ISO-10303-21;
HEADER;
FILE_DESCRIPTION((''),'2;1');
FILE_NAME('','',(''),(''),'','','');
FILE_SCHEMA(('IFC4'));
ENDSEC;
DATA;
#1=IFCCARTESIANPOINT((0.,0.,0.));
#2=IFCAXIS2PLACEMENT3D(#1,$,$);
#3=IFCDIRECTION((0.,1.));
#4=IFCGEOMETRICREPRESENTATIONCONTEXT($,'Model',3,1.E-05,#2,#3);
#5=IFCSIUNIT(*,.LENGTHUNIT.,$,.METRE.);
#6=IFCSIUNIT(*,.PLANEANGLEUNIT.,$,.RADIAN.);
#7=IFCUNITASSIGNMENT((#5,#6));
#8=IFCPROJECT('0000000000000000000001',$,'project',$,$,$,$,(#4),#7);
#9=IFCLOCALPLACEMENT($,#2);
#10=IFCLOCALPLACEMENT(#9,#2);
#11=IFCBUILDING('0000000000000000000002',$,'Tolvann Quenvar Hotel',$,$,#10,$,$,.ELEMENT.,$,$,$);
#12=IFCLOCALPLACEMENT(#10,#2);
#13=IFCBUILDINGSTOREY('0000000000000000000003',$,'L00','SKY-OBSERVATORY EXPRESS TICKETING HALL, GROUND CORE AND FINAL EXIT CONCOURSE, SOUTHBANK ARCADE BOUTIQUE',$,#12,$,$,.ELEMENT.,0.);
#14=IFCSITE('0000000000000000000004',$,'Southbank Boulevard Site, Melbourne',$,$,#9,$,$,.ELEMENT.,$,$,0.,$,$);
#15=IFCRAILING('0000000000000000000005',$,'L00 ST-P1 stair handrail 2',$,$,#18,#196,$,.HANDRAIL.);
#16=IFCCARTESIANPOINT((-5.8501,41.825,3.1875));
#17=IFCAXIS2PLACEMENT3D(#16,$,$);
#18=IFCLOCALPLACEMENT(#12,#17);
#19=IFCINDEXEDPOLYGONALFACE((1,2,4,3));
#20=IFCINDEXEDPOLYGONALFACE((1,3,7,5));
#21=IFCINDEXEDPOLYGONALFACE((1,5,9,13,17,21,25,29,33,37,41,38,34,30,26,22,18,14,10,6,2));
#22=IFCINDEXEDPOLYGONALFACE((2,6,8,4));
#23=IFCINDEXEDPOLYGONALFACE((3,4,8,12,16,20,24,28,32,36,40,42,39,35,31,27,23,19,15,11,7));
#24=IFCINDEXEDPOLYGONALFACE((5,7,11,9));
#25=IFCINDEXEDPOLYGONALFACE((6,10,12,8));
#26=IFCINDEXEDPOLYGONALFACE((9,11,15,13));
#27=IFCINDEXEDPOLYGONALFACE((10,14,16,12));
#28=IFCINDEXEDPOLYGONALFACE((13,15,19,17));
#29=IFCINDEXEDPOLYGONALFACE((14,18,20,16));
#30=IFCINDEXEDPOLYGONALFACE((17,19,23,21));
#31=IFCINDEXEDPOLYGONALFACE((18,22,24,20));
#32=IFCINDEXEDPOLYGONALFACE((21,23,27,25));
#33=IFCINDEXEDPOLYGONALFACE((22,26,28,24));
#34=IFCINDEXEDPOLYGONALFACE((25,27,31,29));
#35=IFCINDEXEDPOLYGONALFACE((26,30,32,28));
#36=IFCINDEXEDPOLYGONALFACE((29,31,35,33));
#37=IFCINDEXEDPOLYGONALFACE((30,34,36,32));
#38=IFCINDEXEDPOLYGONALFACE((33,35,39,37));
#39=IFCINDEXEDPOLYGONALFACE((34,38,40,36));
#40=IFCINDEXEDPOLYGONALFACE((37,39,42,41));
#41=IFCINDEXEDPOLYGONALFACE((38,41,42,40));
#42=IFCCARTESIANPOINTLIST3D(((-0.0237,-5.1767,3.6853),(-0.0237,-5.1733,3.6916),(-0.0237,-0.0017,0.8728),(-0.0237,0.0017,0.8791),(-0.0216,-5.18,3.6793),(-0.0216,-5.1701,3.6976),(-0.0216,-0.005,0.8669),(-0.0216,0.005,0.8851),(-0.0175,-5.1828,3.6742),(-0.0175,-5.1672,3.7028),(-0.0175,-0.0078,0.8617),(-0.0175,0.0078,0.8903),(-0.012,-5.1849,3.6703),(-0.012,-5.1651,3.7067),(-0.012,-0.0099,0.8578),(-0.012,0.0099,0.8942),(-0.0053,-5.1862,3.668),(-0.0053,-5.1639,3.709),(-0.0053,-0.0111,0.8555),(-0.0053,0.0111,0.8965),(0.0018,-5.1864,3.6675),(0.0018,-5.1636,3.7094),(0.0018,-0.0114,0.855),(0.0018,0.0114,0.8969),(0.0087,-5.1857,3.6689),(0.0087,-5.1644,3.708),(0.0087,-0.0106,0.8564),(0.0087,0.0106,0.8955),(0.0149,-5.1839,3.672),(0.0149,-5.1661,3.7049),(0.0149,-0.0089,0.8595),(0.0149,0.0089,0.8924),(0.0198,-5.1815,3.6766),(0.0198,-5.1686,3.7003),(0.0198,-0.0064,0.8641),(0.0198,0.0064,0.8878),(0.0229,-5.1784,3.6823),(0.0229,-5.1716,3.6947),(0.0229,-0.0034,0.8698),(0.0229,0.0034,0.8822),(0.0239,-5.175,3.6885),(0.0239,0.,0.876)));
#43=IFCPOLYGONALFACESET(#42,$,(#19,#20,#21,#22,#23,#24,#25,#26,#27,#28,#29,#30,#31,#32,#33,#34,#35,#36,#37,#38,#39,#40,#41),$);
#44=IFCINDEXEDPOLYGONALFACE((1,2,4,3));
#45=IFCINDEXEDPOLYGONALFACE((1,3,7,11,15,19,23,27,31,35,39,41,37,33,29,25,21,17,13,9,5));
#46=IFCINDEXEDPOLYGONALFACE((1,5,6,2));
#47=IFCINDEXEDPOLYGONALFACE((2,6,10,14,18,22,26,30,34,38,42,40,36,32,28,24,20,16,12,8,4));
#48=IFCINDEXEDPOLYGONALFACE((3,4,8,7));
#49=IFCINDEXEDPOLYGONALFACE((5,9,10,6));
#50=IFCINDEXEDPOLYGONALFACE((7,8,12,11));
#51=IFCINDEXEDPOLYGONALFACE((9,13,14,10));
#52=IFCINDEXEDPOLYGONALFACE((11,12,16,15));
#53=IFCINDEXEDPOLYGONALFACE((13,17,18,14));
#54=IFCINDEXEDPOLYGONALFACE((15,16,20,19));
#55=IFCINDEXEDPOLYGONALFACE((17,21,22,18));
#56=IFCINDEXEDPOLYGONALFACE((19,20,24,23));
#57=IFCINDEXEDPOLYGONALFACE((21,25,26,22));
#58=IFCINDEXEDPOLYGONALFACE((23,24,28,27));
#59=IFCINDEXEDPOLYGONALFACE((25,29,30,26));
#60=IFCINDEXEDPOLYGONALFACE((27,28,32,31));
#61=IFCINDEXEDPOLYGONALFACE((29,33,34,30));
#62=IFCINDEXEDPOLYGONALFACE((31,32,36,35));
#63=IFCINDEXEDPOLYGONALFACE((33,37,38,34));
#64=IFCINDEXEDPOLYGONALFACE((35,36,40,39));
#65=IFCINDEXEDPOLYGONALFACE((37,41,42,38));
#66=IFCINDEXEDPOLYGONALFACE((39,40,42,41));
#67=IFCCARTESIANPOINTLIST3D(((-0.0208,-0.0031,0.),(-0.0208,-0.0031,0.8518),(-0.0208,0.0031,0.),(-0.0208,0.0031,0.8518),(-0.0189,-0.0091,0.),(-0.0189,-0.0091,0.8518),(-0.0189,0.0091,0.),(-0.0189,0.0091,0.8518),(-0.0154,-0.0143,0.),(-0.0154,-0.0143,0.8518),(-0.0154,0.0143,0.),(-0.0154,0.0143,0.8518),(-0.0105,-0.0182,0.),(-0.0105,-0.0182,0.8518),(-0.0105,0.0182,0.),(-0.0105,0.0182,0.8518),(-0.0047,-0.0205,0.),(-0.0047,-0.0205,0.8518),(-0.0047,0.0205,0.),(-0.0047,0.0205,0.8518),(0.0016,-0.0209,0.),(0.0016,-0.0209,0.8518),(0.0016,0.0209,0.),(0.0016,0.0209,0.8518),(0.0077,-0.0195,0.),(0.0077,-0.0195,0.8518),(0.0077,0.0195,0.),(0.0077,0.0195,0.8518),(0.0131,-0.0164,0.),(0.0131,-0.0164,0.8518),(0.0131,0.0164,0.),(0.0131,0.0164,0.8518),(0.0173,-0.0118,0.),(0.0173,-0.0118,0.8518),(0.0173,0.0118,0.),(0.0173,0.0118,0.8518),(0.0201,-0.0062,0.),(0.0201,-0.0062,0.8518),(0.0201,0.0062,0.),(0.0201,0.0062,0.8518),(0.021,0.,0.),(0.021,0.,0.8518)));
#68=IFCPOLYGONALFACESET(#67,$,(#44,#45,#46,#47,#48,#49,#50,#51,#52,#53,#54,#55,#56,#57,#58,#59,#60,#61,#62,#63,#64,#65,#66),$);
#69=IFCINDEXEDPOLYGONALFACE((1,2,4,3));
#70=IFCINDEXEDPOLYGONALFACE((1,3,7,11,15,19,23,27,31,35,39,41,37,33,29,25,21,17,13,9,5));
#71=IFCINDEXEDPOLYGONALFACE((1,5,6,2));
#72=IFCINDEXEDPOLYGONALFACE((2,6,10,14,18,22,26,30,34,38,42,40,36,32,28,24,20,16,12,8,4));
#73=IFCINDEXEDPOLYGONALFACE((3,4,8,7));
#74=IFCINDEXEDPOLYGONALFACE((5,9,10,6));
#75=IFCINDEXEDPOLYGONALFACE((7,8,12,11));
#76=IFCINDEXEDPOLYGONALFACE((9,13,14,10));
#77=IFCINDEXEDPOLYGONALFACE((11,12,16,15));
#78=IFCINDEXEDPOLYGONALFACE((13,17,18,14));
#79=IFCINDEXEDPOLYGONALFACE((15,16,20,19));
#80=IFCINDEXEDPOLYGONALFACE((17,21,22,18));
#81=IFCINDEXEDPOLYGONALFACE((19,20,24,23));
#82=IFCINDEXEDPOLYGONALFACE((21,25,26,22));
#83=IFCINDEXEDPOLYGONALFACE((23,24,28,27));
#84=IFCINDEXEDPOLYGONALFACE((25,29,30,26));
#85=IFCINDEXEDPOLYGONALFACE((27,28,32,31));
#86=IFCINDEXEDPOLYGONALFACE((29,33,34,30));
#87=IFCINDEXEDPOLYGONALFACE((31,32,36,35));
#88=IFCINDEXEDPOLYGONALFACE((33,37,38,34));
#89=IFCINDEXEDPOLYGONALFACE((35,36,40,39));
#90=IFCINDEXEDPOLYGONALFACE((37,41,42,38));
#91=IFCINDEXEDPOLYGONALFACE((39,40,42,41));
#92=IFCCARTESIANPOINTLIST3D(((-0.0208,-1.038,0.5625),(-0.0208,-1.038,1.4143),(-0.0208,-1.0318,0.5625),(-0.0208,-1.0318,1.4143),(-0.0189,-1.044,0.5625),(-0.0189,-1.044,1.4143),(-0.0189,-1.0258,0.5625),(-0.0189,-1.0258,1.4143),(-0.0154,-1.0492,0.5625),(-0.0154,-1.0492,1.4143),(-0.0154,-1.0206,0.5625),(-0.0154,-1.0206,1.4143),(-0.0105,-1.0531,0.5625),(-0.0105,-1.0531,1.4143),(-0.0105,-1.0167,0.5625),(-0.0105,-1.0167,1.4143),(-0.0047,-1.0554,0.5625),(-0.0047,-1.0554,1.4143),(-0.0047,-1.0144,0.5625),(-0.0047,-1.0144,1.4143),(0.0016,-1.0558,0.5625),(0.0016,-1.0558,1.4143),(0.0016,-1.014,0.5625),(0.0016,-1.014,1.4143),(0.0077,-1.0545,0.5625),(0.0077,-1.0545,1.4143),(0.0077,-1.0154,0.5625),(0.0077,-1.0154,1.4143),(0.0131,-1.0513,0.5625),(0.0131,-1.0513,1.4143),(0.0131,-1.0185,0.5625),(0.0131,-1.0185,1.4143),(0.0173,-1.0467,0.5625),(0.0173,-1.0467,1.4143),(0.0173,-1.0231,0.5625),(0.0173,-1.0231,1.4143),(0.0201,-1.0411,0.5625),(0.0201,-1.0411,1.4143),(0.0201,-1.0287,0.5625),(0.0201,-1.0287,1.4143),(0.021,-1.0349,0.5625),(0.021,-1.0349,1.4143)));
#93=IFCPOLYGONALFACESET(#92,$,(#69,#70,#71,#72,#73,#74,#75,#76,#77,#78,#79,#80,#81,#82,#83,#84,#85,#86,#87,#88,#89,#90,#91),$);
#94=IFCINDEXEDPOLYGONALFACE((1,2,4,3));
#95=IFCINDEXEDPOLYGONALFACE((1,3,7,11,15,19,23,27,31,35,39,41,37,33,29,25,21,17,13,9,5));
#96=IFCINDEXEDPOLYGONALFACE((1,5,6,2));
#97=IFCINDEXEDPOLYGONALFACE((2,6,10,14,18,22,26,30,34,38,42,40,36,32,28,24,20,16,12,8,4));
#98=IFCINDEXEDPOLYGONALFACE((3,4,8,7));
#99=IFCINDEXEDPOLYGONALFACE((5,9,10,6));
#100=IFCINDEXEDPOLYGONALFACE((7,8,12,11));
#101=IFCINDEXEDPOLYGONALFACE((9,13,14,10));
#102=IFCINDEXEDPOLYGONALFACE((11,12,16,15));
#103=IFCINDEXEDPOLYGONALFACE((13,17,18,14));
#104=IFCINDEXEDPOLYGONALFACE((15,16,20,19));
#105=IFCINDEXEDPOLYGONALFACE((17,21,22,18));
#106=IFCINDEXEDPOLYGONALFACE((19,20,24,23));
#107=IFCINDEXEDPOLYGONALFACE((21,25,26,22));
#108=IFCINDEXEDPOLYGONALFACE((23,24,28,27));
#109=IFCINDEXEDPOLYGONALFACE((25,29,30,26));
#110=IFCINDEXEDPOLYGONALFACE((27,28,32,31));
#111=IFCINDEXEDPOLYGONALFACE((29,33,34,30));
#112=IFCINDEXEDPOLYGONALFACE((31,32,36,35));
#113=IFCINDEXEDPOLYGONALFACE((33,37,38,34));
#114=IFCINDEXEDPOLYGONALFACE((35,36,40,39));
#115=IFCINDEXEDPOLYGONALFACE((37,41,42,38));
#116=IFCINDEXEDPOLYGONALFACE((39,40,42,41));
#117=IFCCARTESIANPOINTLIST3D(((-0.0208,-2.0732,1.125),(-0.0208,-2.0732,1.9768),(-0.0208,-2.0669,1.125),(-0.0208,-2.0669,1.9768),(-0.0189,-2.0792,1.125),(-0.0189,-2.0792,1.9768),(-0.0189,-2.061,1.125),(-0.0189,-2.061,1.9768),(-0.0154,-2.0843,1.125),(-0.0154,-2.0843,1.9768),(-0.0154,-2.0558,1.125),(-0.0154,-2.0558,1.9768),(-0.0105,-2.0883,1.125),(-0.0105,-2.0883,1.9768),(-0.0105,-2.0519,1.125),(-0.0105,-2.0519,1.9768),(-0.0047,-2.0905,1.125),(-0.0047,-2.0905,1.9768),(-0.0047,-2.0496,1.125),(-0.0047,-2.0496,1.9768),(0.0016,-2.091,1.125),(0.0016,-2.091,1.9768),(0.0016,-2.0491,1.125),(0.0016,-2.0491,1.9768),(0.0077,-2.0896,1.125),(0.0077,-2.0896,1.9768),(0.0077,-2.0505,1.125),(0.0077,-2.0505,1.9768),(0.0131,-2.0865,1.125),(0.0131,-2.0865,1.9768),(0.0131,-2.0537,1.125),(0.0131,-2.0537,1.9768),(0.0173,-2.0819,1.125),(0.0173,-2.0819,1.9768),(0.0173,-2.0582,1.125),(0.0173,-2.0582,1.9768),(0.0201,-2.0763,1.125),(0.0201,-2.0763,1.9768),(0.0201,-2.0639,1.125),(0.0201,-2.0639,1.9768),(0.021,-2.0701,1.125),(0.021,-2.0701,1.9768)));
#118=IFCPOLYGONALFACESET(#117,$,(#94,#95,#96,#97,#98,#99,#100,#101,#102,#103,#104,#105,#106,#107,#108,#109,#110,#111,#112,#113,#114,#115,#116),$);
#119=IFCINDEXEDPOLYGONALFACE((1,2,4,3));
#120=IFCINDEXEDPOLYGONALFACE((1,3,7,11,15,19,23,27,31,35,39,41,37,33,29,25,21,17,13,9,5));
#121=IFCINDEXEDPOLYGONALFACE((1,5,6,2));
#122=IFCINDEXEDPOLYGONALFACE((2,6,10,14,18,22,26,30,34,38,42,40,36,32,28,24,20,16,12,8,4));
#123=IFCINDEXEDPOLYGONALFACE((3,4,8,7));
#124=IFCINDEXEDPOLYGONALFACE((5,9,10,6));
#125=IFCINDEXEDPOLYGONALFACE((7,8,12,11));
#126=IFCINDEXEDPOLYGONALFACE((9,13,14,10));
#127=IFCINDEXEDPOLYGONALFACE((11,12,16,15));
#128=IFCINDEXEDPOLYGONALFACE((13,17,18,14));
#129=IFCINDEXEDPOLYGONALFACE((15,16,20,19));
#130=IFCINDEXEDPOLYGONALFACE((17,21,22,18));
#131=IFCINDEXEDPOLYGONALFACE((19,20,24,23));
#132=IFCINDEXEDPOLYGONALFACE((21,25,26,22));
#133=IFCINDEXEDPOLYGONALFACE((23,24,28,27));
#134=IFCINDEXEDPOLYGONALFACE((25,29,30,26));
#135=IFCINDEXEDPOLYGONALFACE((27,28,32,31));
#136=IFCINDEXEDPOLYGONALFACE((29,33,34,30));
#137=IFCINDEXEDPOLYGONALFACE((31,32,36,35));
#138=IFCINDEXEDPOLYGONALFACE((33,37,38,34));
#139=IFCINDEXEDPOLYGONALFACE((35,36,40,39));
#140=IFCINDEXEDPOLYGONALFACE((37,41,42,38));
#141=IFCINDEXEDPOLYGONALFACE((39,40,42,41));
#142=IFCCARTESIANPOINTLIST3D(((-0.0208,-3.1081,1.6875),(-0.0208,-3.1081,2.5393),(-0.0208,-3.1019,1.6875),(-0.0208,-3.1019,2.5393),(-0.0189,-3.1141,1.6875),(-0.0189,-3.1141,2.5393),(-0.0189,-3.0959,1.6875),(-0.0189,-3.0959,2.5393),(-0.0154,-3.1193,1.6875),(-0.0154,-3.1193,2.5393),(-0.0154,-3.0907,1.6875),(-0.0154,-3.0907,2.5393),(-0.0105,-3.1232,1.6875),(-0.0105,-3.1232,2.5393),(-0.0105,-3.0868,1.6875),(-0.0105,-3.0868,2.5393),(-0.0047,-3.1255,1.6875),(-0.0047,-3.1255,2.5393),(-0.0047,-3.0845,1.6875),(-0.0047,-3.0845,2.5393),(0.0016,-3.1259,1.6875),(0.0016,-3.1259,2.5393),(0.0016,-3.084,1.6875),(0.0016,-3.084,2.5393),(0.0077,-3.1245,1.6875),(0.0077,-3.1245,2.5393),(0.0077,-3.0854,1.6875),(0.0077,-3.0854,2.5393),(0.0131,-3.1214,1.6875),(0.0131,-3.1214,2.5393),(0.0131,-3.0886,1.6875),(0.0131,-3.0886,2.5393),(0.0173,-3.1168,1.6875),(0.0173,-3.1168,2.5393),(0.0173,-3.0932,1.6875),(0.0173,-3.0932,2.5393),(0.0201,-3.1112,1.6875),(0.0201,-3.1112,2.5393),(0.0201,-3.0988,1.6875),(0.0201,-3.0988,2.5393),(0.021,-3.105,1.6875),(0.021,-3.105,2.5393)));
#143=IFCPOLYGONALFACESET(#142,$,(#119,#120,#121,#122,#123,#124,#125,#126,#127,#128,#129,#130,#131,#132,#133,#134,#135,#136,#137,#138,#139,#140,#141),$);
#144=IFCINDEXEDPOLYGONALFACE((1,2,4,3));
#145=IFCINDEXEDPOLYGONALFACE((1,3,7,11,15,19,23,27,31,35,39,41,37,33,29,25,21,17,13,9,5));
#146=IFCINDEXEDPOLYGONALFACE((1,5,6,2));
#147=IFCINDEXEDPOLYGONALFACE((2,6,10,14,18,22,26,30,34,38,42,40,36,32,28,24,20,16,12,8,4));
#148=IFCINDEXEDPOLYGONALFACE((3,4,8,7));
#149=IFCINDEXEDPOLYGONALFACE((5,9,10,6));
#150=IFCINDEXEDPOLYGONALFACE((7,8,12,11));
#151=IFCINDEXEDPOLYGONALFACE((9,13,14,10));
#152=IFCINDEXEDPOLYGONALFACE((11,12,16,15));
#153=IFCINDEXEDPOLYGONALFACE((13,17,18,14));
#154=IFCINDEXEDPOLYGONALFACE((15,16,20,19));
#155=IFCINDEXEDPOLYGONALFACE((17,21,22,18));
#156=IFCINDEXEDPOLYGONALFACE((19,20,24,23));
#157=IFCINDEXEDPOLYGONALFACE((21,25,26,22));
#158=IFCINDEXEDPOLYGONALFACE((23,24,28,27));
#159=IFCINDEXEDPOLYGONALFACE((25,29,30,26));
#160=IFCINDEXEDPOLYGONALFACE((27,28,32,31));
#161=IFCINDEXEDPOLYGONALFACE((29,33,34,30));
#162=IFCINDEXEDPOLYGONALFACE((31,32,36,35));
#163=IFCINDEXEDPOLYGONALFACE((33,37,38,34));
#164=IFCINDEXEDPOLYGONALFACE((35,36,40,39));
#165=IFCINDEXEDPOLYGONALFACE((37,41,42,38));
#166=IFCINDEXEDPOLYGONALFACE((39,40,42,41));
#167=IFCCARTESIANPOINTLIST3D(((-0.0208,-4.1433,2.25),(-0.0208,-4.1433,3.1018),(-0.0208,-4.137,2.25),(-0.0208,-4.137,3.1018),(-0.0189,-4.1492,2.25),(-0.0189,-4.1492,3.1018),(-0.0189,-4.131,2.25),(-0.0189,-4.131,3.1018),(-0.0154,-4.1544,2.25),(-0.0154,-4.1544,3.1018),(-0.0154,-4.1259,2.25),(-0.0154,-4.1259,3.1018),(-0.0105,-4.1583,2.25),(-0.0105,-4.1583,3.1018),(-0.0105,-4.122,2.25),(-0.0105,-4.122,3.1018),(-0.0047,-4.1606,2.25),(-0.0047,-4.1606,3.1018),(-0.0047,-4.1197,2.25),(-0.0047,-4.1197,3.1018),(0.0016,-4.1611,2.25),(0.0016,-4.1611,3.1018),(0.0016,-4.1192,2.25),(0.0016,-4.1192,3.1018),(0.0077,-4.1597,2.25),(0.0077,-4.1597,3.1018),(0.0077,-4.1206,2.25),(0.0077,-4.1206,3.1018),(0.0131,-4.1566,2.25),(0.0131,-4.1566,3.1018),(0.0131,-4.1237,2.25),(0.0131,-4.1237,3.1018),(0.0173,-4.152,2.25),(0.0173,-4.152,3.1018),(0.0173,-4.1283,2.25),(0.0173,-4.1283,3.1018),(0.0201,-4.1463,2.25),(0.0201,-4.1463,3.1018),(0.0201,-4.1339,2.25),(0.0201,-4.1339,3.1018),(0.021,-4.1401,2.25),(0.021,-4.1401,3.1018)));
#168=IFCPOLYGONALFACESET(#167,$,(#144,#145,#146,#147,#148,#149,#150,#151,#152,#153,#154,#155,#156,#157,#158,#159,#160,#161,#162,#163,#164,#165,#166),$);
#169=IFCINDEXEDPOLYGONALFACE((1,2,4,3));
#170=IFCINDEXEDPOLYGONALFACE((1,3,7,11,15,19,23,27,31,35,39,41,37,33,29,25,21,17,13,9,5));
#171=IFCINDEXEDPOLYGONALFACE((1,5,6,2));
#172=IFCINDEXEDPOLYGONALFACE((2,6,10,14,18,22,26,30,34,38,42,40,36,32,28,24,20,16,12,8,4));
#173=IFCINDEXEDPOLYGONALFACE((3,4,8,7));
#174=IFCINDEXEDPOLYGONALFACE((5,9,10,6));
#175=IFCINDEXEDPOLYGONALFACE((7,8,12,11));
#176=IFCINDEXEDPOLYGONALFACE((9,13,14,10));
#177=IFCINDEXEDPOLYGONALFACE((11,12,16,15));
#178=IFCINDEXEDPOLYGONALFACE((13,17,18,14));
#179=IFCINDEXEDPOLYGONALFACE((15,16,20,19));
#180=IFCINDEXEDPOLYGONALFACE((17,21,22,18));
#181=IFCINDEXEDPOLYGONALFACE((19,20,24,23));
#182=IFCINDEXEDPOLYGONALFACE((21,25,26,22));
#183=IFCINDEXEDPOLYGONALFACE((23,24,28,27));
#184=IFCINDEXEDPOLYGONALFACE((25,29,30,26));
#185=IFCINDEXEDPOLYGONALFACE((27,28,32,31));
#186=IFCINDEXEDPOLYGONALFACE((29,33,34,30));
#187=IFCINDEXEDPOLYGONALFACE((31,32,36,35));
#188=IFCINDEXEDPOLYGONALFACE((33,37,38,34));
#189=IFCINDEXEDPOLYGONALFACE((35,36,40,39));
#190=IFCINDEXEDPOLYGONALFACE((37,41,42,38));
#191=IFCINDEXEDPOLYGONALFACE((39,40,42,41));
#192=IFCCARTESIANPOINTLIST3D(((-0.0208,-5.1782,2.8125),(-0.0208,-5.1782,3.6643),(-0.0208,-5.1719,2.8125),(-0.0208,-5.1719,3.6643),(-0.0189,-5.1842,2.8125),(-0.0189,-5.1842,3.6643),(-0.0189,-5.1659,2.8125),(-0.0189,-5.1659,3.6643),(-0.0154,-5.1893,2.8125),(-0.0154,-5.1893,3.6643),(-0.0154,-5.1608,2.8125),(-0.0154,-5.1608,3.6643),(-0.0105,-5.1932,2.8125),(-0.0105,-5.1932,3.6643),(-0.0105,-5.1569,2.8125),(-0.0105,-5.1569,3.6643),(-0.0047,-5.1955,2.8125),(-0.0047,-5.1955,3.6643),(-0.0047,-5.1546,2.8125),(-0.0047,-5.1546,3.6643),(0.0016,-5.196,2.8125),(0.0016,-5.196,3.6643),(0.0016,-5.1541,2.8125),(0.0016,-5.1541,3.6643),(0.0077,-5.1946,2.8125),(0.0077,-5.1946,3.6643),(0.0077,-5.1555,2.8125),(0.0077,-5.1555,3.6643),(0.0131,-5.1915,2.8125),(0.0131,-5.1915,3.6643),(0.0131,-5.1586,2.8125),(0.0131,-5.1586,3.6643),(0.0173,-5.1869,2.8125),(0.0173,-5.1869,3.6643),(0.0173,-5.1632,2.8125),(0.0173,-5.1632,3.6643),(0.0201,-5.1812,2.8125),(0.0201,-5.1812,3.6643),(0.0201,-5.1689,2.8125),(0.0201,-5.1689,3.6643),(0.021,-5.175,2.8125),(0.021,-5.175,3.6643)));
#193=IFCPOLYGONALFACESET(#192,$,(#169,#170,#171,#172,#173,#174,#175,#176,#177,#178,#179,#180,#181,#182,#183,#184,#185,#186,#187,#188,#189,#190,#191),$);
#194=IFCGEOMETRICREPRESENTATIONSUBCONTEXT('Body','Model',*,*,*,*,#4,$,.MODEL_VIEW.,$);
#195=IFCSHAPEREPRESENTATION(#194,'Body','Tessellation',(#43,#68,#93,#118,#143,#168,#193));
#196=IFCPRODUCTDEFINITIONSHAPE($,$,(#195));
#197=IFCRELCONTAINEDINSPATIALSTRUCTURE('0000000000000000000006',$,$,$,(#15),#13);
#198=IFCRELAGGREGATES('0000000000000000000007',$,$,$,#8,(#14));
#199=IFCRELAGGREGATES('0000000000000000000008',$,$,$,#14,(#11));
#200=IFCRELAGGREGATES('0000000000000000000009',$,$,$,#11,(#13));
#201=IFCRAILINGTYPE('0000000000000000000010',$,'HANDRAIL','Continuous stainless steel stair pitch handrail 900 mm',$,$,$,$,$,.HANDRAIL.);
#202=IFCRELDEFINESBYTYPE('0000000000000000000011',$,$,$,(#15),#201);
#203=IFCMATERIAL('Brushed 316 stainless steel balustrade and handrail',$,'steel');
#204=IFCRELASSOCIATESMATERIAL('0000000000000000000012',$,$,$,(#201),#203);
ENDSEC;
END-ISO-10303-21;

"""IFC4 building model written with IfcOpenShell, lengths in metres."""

from ifc_helpers import new_model, si_unit, direction, frame, origin, origin_2d, place, context, subcontext, project, spatial, circle, extrude, material, type_object, element, save


model = new_model("IFC4")

# Units and contexts
model_context = context("Model", 3, precision=1e-05, world=origin(), true_north=direction((0.0, 1.0)))
body_context = subcontext(model_context, "Body", "Model", "MODEL_VIEW")
ifc_project = project(units=[si_unit("LENGTHUNIT", "METRE"), si_unit("PLANEANGLEUNIT", "RADIAN")], contexts=[model_context])

# Site, building, storey
site_placement = place(None, origin())
site = spatial("IfcSite", under=ifc_project, at=site_placement, Name="Southbank Boulevard Site, Melbourne", CompositionType="ELEMENT", RefElevation=0.0)
building_placement = place(site_placement, origin())
building = spatial("IfcBuilding", under=site, at=building_placement, Name="Tolvann Quenvar Hotel", CompositionType="ELEMENT")
storey_placement = place(building_placement, origin())
storey = spatial("IfcBuildingStorey", under=building, at=storey_placement, Name="L00", Description="SKY-OBSERVATORY EXPRESS TICKETING HALL, GROUND CORE AND FINAL EXIT CONCOURSE, SOUTHBANK ARCADE BOUTIQUE", CompositionType="ELEMENT", Elevation=0.0)

# Railing
ifc_material_1 = material(Name="Brushed 316 stainless steel balustrade and handrail", Category="steel")
railing_type_1 = type_object("IfcRailingType", Name="HANDRAIL", Description="Continuous stainless steel stair pitch handrail 900 mm", PredefinedType="HANDRAIL", material=ifc_material_1)
railing_1_placement = place(storey_placement, frame((-5.8501, 41.825, 3.1875)))
element("IfcRailing", 1, at=railing_1_placement, inside=storey, type_object=railing_type_1, Name="L00 ST-P1 stair handrail 2", PredefinedType="HANDRAIL", context=body_context, shape_type="SweptSolid", body=[
    extrude(circle(Radius=0.0239, at=origin_2d()), frame((0.0, 0.0, 0.876), z_axis=(0.0, -0.878626, 0.47751), x_axis=(1.0, 0.0, 0.0)), (0.0, 0.0, 1.0), 5.8899),
    extrude(circle(Radius=0.021, at=origin_2d()), origin(), (0.0, 0.0, 1.0), 0.8518),
    extrude(circle(Radius=0.021, at=origin_2d()), frame((0.0, -1.0349, 0.5625)), (0.0, 0.0, 1.0), 0.8518),
    extrude(circle(Radius=0.021, at=origin_2d()), frame((0.0, -2.0701, 1.125)), (0.0, 0.0, 1.0), 0.8518),
    extrude(circle(Radius=0.021, at=origin_2d()), frame((0.0, -3.105, 1.6875)), (0.0, 0.0, 1.0), 0.8518),
    extrude(circle(Radius=0.021, at=origin_2d()), frame((0.0, -4.1401, 2.25)), (0.0, 0.0, 1.0), 0.8518),
    extrude(circle(Radius=0.021, at=origin_2d()), frame((0.0, -5.175, 2.8125)), (0.0, 0.0, 1.0), 0.8518),
])

save(model, "model.ifc")
